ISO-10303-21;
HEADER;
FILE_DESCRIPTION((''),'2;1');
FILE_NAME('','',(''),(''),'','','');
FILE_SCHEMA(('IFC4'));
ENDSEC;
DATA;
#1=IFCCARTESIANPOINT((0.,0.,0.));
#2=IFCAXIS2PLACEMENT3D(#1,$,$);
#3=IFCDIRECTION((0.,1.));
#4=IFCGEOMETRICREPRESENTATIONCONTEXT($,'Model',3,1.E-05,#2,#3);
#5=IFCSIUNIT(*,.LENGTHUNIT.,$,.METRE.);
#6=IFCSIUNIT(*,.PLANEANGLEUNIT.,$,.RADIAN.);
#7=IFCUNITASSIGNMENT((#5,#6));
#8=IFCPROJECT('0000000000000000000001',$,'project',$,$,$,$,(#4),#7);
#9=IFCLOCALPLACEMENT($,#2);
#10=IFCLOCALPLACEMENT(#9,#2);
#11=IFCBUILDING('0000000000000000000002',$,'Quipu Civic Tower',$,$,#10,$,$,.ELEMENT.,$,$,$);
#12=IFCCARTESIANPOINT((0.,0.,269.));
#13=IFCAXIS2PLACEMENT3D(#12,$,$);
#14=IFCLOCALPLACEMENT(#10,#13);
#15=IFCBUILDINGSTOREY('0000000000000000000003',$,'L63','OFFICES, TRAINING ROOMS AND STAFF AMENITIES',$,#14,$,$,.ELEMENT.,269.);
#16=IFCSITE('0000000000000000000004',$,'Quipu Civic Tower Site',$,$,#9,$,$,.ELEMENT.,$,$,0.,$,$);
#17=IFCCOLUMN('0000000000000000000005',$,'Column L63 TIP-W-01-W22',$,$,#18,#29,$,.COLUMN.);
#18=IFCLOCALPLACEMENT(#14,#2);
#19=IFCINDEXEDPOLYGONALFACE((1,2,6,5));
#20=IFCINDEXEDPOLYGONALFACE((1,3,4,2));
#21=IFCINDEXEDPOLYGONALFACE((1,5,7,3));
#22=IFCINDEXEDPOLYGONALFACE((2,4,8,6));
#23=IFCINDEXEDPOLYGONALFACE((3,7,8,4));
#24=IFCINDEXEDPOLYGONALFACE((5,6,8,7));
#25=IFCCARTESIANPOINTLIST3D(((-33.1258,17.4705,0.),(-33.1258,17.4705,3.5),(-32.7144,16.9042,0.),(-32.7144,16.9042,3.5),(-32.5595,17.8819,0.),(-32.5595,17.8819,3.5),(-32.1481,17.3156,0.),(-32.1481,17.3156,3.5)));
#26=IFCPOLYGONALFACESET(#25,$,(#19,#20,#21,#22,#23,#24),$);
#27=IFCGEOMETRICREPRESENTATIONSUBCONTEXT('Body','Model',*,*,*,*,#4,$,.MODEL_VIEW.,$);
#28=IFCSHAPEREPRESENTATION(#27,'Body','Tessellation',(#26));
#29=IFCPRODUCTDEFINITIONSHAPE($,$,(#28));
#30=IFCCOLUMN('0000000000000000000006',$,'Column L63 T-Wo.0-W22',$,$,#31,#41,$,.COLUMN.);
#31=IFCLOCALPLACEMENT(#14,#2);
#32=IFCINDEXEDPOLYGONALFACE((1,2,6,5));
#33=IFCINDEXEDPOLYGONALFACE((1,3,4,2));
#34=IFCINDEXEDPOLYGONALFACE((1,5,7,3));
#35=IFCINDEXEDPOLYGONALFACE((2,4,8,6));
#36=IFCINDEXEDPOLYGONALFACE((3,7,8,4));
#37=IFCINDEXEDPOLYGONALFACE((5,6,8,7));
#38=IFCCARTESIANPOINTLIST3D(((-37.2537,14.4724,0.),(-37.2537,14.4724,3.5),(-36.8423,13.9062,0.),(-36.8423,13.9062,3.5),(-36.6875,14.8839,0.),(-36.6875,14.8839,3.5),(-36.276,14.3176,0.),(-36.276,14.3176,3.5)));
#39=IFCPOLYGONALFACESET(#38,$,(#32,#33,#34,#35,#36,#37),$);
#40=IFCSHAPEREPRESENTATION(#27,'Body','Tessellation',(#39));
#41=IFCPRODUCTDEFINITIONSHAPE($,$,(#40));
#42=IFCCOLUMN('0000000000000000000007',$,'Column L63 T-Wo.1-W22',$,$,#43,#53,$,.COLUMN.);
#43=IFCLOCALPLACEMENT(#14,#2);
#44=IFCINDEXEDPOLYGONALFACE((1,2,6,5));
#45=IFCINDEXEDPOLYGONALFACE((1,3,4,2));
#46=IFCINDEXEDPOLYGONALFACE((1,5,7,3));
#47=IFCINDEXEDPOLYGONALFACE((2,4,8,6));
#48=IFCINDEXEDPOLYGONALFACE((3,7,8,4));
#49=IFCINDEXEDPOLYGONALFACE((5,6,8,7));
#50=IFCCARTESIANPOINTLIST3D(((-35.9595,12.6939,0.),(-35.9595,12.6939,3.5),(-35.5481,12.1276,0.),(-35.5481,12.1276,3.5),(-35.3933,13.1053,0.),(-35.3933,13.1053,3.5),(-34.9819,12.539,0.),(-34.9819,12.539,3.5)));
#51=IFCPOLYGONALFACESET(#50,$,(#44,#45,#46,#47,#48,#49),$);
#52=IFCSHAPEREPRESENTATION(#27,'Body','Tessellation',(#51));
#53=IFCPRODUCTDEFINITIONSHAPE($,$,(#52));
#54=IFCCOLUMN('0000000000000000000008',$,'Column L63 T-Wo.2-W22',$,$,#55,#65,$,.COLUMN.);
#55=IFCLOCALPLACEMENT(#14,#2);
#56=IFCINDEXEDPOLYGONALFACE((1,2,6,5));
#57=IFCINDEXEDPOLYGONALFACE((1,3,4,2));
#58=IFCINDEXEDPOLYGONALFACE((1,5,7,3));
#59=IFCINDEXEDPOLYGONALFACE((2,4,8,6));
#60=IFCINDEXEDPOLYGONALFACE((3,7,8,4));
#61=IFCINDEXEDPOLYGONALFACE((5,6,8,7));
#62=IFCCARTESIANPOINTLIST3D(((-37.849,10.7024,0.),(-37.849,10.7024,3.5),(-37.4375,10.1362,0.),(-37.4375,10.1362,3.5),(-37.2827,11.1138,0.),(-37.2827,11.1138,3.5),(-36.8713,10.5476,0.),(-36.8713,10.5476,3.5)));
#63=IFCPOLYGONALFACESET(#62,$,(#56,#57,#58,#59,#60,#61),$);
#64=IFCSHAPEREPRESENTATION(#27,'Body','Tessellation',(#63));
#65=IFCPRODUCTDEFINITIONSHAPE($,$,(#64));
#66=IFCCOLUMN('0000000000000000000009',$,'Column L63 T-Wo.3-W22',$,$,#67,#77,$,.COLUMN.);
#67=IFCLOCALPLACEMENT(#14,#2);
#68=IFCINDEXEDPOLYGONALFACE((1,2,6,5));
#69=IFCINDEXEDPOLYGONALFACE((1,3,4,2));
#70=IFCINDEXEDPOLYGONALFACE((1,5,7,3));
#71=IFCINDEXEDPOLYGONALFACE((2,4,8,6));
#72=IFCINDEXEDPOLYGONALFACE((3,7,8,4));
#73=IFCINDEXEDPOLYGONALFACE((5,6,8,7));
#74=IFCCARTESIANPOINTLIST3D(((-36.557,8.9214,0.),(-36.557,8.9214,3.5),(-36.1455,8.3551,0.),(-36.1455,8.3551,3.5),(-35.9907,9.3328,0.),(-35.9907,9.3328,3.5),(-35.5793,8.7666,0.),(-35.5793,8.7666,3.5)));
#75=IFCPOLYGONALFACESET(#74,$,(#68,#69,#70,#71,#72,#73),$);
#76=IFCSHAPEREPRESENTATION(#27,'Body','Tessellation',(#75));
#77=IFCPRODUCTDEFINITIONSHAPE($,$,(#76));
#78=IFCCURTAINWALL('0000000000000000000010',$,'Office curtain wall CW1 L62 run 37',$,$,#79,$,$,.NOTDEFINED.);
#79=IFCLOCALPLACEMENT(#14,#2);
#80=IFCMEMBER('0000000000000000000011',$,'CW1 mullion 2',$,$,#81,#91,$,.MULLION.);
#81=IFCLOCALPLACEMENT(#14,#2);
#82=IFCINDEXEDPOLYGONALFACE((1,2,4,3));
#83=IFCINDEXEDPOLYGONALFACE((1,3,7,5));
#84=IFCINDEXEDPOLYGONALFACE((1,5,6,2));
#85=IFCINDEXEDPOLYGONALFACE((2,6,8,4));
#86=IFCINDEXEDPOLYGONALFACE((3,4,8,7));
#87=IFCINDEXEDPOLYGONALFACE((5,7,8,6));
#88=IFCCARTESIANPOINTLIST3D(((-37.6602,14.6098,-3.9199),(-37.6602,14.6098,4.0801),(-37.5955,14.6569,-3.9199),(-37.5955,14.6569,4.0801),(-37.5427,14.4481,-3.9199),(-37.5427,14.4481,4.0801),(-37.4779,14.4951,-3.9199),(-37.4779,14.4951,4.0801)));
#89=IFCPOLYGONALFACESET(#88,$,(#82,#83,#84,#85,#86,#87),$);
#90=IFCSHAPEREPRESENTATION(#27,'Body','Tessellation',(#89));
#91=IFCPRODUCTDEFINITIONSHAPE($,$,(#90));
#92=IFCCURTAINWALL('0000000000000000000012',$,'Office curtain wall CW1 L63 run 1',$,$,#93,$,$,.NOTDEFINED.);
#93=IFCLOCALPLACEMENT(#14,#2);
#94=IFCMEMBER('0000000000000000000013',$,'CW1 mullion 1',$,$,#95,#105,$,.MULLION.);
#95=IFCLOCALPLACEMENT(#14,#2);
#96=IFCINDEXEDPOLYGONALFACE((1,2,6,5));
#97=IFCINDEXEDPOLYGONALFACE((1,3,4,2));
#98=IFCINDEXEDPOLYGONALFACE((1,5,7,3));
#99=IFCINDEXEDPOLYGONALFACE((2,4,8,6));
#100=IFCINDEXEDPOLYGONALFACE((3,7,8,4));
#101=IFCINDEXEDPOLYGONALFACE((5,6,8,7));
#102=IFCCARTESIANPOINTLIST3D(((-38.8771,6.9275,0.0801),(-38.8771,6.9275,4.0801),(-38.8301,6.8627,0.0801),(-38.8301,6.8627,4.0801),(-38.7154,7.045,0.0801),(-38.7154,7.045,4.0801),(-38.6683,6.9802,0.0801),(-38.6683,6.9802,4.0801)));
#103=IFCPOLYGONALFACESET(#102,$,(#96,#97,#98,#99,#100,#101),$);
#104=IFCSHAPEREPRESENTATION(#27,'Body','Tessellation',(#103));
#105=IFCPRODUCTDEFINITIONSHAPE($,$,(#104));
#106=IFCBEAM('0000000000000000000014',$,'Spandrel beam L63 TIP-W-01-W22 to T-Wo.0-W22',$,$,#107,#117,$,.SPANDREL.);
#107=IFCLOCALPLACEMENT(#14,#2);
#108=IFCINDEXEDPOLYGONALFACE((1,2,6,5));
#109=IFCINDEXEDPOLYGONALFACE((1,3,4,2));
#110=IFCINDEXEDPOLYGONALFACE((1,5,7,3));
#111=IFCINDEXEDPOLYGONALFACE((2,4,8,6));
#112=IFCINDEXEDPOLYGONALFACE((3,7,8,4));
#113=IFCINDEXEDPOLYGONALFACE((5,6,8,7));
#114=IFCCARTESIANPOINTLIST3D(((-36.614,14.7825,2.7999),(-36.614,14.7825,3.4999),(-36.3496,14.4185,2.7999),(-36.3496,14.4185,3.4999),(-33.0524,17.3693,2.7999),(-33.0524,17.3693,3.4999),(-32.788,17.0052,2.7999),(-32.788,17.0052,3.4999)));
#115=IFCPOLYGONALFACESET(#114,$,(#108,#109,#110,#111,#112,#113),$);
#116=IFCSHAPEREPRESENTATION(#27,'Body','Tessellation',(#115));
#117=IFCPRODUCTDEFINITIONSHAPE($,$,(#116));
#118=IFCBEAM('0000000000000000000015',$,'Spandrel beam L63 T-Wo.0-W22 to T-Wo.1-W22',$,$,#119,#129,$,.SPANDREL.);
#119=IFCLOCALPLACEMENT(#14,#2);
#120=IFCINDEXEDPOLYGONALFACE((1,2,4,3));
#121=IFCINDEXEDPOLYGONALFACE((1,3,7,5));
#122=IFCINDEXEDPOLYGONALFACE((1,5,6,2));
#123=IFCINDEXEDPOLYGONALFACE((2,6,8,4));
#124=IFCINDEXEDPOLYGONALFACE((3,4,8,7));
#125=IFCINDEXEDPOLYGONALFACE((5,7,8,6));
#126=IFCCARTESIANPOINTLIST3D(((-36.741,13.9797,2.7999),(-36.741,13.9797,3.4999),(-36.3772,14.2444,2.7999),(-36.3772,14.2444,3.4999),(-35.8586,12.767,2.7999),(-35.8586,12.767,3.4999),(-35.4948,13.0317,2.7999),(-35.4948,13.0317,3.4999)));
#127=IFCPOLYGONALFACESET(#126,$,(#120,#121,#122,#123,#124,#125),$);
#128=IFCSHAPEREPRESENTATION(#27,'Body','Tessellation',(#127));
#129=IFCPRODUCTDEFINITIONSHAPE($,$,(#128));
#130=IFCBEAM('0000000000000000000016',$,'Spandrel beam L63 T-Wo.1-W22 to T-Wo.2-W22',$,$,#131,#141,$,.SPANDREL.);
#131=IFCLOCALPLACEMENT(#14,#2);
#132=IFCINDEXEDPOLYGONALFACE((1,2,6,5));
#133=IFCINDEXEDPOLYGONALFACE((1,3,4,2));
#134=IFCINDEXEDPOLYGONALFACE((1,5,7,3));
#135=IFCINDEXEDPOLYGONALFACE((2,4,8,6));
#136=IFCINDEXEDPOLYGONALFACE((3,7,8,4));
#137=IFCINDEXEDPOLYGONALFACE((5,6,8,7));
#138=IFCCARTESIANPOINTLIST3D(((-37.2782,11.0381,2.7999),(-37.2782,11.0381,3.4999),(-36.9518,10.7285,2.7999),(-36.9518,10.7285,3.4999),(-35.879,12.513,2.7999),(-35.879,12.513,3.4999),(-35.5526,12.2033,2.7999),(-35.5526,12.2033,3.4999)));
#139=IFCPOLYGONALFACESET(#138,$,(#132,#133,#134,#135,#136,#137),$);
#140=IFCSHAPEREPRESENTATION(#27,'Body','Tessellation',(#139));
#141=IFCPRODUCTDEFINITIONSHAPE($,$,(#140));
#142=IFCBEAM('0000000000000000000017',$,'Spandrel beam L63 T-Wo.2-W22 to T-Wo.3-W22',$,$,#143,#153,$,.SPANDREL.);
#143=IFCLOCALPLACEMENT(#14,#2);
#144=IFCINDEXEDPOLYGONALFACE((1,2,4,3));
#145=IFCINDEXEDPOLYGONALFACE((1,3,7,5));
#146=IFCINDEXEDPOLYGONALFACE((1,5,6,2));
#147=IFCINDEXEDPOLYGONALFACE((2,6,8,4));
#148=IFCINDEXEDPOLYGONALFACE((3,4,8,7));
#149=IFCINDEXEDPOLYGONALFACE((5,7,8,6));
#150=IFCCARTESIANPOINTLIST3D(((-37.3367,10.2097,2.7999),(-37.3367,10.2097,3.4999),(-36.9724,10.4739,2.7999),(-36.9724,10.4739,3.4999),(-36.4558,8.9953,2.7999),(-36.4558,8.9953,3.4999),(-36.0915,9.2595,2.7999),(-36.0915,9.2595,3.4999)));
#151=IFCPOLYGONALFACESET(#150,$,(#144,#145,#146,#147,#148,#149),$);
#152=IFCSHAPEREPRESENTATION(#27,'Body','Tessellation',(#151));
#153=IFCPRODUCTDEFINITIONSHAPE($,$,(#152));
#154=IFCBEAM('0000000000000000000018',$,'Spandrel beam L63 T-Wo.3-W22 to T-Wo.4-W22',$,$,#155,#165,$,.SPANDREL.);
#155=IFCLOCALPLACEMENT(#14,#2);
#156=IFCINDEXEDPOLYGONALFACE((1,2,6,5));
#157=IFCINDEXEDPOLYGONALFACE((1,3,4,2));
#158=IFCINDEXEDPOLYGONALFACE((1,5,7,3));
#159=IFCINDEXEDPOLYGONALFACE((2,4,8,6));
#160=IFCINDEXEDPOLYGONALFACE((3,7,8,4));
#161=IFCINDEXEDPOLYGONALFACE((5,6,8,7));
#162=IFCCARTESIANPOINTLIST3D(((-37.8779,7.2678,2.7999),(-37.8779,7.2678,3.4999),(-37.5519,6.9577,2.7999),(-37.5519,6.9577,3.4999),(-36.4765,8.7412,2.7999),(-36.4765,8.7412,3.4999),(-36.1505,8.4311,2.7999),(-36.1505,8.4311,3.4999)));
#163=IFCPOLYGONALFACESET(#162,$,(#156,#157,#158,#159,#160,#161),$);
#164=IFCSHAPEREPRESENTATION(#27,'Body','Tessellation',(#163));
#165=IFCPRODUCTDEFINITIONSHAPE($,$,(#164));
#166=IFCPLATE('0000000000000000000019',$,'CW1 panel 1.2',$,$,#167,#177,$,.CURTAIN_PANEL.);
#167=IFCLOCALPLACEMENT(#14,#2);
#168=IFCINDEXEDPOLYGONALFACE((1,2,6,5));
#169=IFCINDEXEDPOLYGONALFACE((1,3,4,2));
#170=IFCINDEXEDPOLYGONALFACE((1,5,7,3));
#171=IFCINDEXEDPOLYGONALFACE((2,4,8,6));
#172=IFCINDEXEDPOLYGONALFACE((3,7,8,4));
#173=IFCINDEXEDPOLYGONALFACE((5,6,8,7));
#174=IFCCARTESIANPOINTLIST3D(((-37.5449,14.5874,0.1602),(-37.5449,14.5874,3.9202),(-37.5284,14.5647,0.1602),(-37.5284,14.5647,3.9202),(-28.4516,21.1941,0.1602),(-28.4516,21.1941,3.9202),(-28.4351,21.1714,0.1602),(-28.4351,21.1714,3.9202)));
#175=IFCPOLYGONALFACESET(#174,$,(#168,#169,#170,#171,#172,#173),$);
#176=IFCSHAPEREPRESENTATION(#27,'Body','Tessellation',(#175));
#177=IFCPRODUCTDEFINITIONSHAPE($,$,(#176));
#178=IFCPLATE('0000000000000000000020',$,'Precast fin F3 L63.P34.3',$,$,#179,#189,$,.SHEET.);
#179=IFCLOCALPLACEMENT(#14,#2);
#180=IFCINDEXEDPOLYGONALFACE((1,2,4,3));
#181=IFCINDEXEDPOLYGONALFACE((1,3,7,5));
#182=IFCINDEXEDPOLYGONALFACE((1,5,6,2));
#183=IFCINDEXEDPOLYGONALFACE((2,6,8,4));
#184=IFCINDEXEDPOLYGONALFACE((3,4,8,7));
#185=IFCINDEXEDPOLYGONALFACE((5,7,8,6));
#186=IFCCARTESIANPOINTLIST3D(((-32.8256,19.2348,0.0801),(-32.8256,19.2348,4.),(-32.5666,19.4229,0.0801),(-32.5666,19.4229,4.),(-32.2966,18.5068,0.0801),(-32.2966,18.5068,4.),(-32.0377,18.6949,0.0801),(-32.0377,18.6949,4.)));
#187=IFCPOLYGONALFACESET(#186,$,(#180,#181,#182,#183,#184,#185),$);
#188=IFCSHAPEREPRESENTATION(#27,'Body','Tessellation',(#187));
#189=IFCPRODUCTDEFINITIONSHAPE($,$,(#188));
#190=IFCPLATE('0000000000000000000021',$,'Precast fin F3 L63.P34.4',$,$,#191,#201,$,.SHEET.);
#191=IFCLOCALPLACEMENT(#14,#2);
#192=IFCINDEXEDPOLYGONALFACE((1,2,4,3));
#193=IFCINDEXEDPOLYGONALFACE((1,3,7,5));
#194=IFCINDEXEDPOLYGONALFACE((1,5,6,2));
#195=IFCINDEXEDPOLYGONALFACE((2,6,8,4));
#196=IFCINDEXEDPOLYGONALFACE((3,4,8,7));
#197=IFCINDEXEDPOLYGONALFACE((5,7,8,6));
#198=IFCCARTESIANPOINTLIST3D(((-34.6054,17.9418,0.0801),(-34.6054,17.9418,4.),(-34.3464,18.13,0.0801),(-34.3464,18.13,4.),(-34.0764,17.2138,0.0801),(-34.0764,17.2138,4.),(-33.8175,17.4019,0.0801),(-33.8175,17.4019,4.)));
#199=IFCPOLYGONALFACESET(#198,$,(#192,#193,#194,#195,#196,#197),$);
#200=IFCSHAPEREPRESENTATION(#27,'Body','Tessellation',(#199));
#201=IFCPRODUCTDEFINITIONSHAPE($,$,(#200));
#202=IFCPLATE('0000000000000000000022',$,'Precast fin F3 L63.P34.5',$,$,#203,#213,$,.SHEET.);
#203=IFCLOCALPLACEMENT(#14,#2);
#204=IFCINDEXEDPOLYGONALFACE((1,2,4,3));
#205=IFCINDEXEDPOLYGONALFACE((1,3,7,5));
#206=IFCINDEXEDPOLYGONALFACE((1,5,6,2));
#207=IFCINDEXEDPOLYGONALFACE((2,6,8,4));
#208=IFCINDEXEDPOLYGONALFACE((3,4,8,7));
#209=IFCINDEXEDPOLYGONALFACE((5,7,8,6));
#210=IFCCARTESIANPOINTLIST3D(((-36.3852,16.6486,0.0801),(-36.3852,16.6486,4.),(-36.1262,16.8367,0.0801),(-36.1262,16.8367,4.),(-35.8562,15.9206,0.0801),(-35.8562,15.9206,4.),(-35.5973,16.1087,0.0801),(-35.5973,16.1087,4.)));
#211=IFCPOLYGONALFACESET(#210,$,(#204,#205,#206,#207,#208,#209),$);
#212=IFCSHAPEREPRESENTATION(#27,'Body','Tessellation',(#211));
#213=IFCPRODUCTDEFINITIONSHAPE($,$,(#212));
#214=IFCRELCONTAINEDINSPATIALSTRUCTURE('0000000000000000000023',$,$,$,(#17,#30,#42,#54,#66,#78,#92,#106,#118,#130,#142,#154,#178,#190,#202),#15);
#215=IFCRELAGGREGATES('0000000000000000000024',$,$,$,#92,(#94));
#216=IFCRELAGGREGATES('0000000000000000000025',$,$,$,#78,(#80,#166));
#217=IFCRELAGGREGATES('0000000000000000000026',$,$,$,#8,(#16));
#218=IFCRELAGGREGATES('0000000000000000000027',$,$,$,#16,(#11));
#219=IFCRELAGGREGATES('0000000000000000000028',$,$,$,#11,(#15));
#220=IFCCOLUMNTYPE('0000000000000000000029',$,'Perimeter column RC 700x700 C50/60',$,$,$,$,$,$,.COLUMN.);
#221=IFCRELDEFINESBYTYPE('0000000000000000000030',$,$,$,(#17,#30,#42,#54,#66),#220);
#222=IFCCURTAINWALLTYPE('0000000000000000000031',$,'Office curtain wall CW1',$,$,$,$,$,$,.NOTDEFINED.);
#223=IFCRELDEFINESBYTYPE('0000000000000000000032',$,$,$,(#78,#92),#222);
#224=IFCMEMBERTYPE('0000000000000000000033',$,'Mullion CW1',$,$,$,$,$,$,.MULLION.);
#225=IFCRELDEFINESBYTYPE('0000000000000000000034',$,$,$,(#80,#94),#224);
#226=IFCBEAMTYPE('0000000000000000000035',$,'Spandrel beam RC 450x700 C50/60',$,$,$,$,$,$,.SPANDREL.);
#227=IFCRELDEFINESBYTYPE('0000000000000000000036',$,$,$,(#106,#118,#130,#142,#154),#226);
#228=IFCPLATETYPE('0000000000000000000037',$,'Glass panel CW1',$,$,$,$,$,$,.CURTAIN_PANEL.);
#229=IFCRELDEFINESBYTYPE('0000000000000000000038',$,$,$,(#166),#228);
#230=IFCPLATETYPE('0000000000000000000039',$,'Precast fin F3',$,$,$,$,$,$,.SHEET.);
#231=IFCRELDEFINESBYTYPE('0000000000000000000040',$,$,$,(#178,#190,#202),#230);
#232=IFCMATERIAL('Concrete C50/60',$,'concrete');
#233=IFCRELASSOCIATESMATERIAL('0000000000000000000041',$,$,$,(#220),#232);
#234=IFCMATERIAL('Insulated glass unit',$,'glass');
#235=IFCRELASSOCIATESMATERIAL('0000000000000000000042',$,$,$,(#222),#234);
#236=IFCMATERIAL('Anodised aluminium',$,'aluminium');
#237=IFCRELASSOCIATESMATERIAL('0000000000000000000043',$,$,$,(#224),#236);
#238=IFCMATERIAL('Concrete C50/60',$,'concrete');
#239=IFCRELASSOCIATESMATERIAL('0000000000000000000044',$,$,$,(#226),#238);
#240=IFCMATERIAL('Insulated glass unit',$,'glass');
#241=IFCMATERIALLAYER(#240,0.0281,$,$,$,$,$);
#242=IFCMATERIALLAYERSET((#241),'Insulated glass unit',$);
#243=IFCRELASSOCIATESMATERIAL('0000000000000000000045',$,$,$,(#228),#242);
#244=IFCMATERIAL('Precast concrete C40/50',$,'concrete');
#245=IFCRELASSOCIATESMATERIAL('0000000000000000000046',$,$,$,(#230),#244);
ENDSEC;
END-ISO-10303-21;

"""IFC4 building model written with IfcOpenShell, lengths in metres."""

from ifc_helpers import new_model, si_unit, direction, frame, origin, origin_2d, place, context, subcontext, project, spatial, rectangle, extrude, material, layer, layer_set, material_profile, profile_set, type_object, element, aggregate, save


model = new_model("IFC4")

# Units and contexts
model_context = context("Model", 3, precision=1e-05, world=origin(), true_north=direction((0.0, 1.0)))
body_context = subcontext(model_context, "Body", "Model", "MODEL_VIEW")
ifc_project = project(units=[si_unit("LENGTHUNIT", "METRE"), si_unit("PLANEANGLEUNIT", "RADIAN")], contexts=[model_context])

# Site, building, storey
site_placement = place(None, origin())
site = spatial("IfcSite", under=ifc_project, at=site_placement, Name="Quipu Civic Tower Site", CompositionType="ELEMENT", RefElevation=0.0)
building_placement = place(site_placement, origin())
building = spatial("IfcBuilding", under=site, at=building_placement, Name="Quipu Civic Tower", CompositionType="ELEMENT")
storey_placement = place(building_placement, frame((0.0, 0.0, 269.0)))
storey = spatial("IfcBuildingStorey", under=building, at=storey_placement, Name="L63", Description="OFFICES, TRAINING ROOMS AND STAFF AMENITIES", CompositionType="ELEMENT", Elevation=269.0)

# Columns
ifc_material_1 = material(Name="Concrete C50/60", Category="concrete")
ifc_material_profile_1 = material_profile(ifc_material_1, rectangle(XDim=0.7, YDim=0.7, at=origin_2d()), Name="RC700x700")
ifc_profile_set_1 = profile_set([ifc_material_profile_1], Name="Concrete C50/60")
column_type = type_object("IfcColumnType", Name="Perimeter column RC 700x700 C50/60", PredefinedType="COLUMN", material=ifc_profile_set_1)
for number, where, z_axis, x_axis, name in (
    (1, (-32.637, 17.3931, 0.0), (0.0, 0.0, 1.0), (-0.809017, -0.587785, 0.0), "Column L63 TIP-W-01-W22"),
    (2, (-36.7649, 14.395, 0.0), (0.0, 0.0, 1.0), (0.587785, -0.809017, 0.0), "Column L63 T-Wo.0-W22"),
    (3, (-35.4707, 12.6165, 0.0), (0.0, 0.0, 1.0), (-0.809017, -0.587785, 0.0), "Column L63 T-Wo.1-W22"),
    (4, (-37.3601, 10.625, 0.0), (0.0, 0.0, 1.0), (0.587785, -0.809017, 0.0), "Column L63 T-Wo.2-W22"),
    (5, (-36.0681, 8.844, 0.0), (0.0, 0.0, 1.0), (0.587785, -0.809017, 0.0), "Column L63 T-Wo.3-W22"),
):
    element("IfcColumn", number, at=place(storey_placement, frame(where, z_axis=z_axis, x_axis=x_axis)), inside=storey, type_object=column_type, Name=name, PredefinedType="COLUMN", context=body_context, shape_type="SweptSolid", body=[
        extrude(rectangle(XDim=0.7, YDim=0.7, at=origin_2d()), origin(), (0.0, 0.0, 1.0), 3.5),
    ])

# Curtain walls, members
ifc_material_2 = material(Name="Insulated glass unit", Category="glass")
curtain_wall_type = type_object("IfcCurtainWallType", Name="Office curtain wall CW1", PredefinedType="NOTDEFINED", material=ifc_material_2)
curtain_wall_1_placement = place(storey_placement, origin())
curtain_wall_1 = element("IfcCurtainWall", 6, at=curtain_wall_1_placement, inside=storey, type_object=curtain_wall_type, Name="Office curtain wall CW1 L62 run 37", PredefinedType="NOTDEFINED")
ifc_material_3 = material(Name="Anodised aluminium", Category="aluminium")
ifc_material_profile_2 = material_profile(ifc_material_3, rectangle(XDim=0.2, YDim=0.0801, at=origin_2d()), Name="RECT 200x80")
ifc_profile_set_2 = profile_set([ifc_material_profile_2], Name="Anodised aluminium")
member_type = type_object("IfcMemberType", Name="Mullion CW1", PredefinedType="MULLION", material=ifc_profile_set_2)
member_1_placement = place(storey_placement, frame((-37.5691, 14.5525, -3.9199), z_axis=(0.0, 0.0, 1.0), x_axis=(0.587788, -0.809015, 0.0)))
member_1 = element("IfcMember", 7, at=member_1_placement, type_object=member_type, Name="CW1 mullion 2", PredefinedType="MULLION", context=body_context, shape_type="SweptSolid", body=[
    extrude(rectangle(XDim=0.2, YDim=0.0801, at=origin_2d()), origin(), (0.0, 0.0, 1.0), 8.0),
])
curtain_wall_2_placement = place(storey_placement, origin())
curtain_wall_2 = element("IfcCurtainWall", 8, at=curtain_wall_2_placement, inside=storey, type_object=curtain_wall_type, Name="Office curtain wall CW1 L63 run 1", PredefinedType="NOTDEFINED")
member_2_placement = place(storey_placement, frame((-38.7727, 6.9539, 0.0801), z_axis=(0.0, 0.0, 1.0), x_axis=(0.809016, 0.587786, 0.0)))
member_2 = element("IfcMember", 9, at=member_2_placement, type_object=member_type, Name="CW1 mullion 1", PredefinedType="MULLION", context=body_context, shape_type="SweptSolid", body=[
    extrude(rectangle(XDim=0.2, YDim=0.0801, at=origin_2d()), origin(), (0.0, 0.0, 1.0), 4.0),
])
aggregate(curtain_wall_2, [member_2])

# Beams
ifc_material_4 = material(Name="Concrete C50/60", Category="concrete")
ifc_material_profile_3 = material_profile(ifc_material_4, rectangle(XDim=0.45, YDim=0.7, at=origin_2d()), Name="RC450x700")
ifc_profile_set_3 = profile_set([ifc_material_profile_3], Name="Concrete C50/60")
beam_type = type_object("IfcBeamType", Name="Spandrel beam RC 450x700 C50/60", PredefinedType="SPANDREL", material=ifc_profile_set_3)
beam_1_placement = place(storey_placement, frame((-32.9202, 17.1873, 3.1499), z_axis=(-0.809117, -0.587647, 0.0), x_axis=(0.587647, -0.809117, 0.0)))
element("IfcBeam", 10, at=beam_1_placement, inside=storey, type_object=beam_type, Name="Spandrel beam L63 TIP-W-01-W22 to T-Wo.0-W22", PredefinedType="SPANDREL", context=body_context, shape_type="SweptSolid", body=[
    extrude(rectangle(XDim=0.45, YDim=0.7, at=origin_2d()), origin(), (0.0, 0.0, 1.0), 4.4019),
])
beam_2_placement = place(storey_placement, frame((-36.5591, 14.1121, 3.1499), z_axis=(0.588346, -0.808609, 0.0), x_axis=(0.808609, 0.588346, 0.0)))
element("IfcBeam", 11, at=beam_2_placement, inside=storey, type_object=beam_type, Name="Spandrel beam L63 T-Wo.0-W22 to T-Wo.1-W22", PredefinedType="SPANDREL", context=body_context, shape_type="SweptSolid", body=[
    extrude(rectangle(XDim=0.45, YDim=0.7, at=origin_2d()), origin(), (0.0, 0.0, 1.0), 1.4998),
])
beam_3_placement = place(storey_placement, frame((-35.7158, 12.3582, 3.1499), z_axis=(-0.688247, -0.725476, 0.0), x_axis=(0.725476, -0.688247, 0.0)))
element("IfcBeam", 12, at=beam_3_placement, inside=storey, type_object=beam_type, Name="Spandrel beam L63 T-Wo.1-W22 to T-Wo.2-W22", PredefinedType="SPANDREL", context=body_context, shape_type="SweptSolid", body=[
    extrude(rectangle(XDim=0.45, YDim=0.7, at=origin_2d()), origin(), (0.0, 0.0, 1.0), 2.033),
])
beam_4_placement = place(storey_placement, frame((-37.1545, 10.3418, 3.1499), z_axis=(0.587165, -0.809467, 0.0), x_axis=(0.809467, 0.587165, 0.0)))
element("IfcBeam", 13, at=beam_4_placement, inside=storey, type_object=beam_type, Name="Spandrel beam L63 T-Wo.2-W22 to T-Wo.3-W22", PredefinedType="SPANDREL", context=body_context, shape_type="SweptSolid", body=[
    extrude(rectangle(XDim=0.45, YDim=0.7, at=origin_2d()), origin(), (0.0, 0.0, 1.0), 1.5002),
])
beam_5_placement = place(storey_placement, frame((-36.3135, 8.5862, 3.1499), z_axis=(-0.689175, -0.724595, 0.0), x_axis=(0.724595, -0.689175, 0.0)))
element("IfcBeam", 14, at=beam_5_placement, inside=storey, type_object=beam_type, Name="Spandrel beam L63 T-Wo.3-W22 to T-Wo.4-W22", PredefinedType="SPANDREL", context=body_context, shape_type="SweptSolid", body=[
    extrude(rectangle(XDim=0.45, YDim=0.7, at=origin_2d()), origin(), (0.0, 0.0, 1.0), 2.0334),
])

# Plate
ifc_material_5 = material(Name="Insulated glass unit", Category="glass")
ifc_layer_1 = layer(ifc_material_5, 0.0281)
ifc_layer_set_1 = layer_set([ifc_layer_1], Name="Insulated glass unit")
plate_type_1 = type_object("IfcPlateType", Name="Glass panel CW1", PredefinedType="CURTAIN_PANEL", material=ifc_layer_set_1)
plate_placement = place(storey_placement, frame((-32.99, 17.8794, 0.1602), z_axis=(0.0, 0.0, 1.0), x_axis=(-0.809015, -0.587788, 0.0)))
plate = element("IfcPlate", 15, at=plate_placement, type_object=plate_type_1, Name="CW1 panel 1.2", PredefinedType="CURTAIN_PANEL", context=body_context, shape_type="SweptSolid", body=[
    extrude(rectangle(XDim=11.24, YDim=0.0281, at=origin_2d()), origin(), (0.0, 0.0, 1.0), 3.76),
])
aggregate(curtain_wall_1, [member_1, plate])

# Plates
ifc_material_6 = material(Name="Precast concrete C40/50", Category="concrete")
plate_type_2 = type_object("IfcPlateType", Name="Precast fin F3", PredefinedType="SHEET", material=ifc_material_6)
for number, where, z_axis, x_axis, name in (
    (16, (-32.4316, 18.9648, 0.0801), (0.0, 0.0, 1.0), (-0.809017, -0.587785, 0.0), "Precast fin F3 L63.P34.3"),
    (17, (-34.2114, 17.6719, 0.0801), (0.0, 0.0, 1.0), (-0.809017, -0.587785, 0.0), "Precast fin F3 L63.P34.4"),
    (18, (-35.9912, 16.3787, 0.0801), (0.0, 0.0, 1.0), (-0.809017, -0.587785, 0.0), "Precast fin F3 L63.P34.5"),
):
    element("IfcPlate", number, at=place(storey_placement, frame(where, z_axis=z_axis, x_axis=x_axis)), inside=storey, type_object=plate_type_2, Name=name, PredefinedType="SHEET", context=body_context, shape_type="SweptSolid", body=[
        extrude(rectangle(XDim=0.3201, YDim=0.8999, at=origin_2d()), origin(), (0.0, 0.0, 1.0), 3.9199),
    ])

save(model, "model.ifc")
